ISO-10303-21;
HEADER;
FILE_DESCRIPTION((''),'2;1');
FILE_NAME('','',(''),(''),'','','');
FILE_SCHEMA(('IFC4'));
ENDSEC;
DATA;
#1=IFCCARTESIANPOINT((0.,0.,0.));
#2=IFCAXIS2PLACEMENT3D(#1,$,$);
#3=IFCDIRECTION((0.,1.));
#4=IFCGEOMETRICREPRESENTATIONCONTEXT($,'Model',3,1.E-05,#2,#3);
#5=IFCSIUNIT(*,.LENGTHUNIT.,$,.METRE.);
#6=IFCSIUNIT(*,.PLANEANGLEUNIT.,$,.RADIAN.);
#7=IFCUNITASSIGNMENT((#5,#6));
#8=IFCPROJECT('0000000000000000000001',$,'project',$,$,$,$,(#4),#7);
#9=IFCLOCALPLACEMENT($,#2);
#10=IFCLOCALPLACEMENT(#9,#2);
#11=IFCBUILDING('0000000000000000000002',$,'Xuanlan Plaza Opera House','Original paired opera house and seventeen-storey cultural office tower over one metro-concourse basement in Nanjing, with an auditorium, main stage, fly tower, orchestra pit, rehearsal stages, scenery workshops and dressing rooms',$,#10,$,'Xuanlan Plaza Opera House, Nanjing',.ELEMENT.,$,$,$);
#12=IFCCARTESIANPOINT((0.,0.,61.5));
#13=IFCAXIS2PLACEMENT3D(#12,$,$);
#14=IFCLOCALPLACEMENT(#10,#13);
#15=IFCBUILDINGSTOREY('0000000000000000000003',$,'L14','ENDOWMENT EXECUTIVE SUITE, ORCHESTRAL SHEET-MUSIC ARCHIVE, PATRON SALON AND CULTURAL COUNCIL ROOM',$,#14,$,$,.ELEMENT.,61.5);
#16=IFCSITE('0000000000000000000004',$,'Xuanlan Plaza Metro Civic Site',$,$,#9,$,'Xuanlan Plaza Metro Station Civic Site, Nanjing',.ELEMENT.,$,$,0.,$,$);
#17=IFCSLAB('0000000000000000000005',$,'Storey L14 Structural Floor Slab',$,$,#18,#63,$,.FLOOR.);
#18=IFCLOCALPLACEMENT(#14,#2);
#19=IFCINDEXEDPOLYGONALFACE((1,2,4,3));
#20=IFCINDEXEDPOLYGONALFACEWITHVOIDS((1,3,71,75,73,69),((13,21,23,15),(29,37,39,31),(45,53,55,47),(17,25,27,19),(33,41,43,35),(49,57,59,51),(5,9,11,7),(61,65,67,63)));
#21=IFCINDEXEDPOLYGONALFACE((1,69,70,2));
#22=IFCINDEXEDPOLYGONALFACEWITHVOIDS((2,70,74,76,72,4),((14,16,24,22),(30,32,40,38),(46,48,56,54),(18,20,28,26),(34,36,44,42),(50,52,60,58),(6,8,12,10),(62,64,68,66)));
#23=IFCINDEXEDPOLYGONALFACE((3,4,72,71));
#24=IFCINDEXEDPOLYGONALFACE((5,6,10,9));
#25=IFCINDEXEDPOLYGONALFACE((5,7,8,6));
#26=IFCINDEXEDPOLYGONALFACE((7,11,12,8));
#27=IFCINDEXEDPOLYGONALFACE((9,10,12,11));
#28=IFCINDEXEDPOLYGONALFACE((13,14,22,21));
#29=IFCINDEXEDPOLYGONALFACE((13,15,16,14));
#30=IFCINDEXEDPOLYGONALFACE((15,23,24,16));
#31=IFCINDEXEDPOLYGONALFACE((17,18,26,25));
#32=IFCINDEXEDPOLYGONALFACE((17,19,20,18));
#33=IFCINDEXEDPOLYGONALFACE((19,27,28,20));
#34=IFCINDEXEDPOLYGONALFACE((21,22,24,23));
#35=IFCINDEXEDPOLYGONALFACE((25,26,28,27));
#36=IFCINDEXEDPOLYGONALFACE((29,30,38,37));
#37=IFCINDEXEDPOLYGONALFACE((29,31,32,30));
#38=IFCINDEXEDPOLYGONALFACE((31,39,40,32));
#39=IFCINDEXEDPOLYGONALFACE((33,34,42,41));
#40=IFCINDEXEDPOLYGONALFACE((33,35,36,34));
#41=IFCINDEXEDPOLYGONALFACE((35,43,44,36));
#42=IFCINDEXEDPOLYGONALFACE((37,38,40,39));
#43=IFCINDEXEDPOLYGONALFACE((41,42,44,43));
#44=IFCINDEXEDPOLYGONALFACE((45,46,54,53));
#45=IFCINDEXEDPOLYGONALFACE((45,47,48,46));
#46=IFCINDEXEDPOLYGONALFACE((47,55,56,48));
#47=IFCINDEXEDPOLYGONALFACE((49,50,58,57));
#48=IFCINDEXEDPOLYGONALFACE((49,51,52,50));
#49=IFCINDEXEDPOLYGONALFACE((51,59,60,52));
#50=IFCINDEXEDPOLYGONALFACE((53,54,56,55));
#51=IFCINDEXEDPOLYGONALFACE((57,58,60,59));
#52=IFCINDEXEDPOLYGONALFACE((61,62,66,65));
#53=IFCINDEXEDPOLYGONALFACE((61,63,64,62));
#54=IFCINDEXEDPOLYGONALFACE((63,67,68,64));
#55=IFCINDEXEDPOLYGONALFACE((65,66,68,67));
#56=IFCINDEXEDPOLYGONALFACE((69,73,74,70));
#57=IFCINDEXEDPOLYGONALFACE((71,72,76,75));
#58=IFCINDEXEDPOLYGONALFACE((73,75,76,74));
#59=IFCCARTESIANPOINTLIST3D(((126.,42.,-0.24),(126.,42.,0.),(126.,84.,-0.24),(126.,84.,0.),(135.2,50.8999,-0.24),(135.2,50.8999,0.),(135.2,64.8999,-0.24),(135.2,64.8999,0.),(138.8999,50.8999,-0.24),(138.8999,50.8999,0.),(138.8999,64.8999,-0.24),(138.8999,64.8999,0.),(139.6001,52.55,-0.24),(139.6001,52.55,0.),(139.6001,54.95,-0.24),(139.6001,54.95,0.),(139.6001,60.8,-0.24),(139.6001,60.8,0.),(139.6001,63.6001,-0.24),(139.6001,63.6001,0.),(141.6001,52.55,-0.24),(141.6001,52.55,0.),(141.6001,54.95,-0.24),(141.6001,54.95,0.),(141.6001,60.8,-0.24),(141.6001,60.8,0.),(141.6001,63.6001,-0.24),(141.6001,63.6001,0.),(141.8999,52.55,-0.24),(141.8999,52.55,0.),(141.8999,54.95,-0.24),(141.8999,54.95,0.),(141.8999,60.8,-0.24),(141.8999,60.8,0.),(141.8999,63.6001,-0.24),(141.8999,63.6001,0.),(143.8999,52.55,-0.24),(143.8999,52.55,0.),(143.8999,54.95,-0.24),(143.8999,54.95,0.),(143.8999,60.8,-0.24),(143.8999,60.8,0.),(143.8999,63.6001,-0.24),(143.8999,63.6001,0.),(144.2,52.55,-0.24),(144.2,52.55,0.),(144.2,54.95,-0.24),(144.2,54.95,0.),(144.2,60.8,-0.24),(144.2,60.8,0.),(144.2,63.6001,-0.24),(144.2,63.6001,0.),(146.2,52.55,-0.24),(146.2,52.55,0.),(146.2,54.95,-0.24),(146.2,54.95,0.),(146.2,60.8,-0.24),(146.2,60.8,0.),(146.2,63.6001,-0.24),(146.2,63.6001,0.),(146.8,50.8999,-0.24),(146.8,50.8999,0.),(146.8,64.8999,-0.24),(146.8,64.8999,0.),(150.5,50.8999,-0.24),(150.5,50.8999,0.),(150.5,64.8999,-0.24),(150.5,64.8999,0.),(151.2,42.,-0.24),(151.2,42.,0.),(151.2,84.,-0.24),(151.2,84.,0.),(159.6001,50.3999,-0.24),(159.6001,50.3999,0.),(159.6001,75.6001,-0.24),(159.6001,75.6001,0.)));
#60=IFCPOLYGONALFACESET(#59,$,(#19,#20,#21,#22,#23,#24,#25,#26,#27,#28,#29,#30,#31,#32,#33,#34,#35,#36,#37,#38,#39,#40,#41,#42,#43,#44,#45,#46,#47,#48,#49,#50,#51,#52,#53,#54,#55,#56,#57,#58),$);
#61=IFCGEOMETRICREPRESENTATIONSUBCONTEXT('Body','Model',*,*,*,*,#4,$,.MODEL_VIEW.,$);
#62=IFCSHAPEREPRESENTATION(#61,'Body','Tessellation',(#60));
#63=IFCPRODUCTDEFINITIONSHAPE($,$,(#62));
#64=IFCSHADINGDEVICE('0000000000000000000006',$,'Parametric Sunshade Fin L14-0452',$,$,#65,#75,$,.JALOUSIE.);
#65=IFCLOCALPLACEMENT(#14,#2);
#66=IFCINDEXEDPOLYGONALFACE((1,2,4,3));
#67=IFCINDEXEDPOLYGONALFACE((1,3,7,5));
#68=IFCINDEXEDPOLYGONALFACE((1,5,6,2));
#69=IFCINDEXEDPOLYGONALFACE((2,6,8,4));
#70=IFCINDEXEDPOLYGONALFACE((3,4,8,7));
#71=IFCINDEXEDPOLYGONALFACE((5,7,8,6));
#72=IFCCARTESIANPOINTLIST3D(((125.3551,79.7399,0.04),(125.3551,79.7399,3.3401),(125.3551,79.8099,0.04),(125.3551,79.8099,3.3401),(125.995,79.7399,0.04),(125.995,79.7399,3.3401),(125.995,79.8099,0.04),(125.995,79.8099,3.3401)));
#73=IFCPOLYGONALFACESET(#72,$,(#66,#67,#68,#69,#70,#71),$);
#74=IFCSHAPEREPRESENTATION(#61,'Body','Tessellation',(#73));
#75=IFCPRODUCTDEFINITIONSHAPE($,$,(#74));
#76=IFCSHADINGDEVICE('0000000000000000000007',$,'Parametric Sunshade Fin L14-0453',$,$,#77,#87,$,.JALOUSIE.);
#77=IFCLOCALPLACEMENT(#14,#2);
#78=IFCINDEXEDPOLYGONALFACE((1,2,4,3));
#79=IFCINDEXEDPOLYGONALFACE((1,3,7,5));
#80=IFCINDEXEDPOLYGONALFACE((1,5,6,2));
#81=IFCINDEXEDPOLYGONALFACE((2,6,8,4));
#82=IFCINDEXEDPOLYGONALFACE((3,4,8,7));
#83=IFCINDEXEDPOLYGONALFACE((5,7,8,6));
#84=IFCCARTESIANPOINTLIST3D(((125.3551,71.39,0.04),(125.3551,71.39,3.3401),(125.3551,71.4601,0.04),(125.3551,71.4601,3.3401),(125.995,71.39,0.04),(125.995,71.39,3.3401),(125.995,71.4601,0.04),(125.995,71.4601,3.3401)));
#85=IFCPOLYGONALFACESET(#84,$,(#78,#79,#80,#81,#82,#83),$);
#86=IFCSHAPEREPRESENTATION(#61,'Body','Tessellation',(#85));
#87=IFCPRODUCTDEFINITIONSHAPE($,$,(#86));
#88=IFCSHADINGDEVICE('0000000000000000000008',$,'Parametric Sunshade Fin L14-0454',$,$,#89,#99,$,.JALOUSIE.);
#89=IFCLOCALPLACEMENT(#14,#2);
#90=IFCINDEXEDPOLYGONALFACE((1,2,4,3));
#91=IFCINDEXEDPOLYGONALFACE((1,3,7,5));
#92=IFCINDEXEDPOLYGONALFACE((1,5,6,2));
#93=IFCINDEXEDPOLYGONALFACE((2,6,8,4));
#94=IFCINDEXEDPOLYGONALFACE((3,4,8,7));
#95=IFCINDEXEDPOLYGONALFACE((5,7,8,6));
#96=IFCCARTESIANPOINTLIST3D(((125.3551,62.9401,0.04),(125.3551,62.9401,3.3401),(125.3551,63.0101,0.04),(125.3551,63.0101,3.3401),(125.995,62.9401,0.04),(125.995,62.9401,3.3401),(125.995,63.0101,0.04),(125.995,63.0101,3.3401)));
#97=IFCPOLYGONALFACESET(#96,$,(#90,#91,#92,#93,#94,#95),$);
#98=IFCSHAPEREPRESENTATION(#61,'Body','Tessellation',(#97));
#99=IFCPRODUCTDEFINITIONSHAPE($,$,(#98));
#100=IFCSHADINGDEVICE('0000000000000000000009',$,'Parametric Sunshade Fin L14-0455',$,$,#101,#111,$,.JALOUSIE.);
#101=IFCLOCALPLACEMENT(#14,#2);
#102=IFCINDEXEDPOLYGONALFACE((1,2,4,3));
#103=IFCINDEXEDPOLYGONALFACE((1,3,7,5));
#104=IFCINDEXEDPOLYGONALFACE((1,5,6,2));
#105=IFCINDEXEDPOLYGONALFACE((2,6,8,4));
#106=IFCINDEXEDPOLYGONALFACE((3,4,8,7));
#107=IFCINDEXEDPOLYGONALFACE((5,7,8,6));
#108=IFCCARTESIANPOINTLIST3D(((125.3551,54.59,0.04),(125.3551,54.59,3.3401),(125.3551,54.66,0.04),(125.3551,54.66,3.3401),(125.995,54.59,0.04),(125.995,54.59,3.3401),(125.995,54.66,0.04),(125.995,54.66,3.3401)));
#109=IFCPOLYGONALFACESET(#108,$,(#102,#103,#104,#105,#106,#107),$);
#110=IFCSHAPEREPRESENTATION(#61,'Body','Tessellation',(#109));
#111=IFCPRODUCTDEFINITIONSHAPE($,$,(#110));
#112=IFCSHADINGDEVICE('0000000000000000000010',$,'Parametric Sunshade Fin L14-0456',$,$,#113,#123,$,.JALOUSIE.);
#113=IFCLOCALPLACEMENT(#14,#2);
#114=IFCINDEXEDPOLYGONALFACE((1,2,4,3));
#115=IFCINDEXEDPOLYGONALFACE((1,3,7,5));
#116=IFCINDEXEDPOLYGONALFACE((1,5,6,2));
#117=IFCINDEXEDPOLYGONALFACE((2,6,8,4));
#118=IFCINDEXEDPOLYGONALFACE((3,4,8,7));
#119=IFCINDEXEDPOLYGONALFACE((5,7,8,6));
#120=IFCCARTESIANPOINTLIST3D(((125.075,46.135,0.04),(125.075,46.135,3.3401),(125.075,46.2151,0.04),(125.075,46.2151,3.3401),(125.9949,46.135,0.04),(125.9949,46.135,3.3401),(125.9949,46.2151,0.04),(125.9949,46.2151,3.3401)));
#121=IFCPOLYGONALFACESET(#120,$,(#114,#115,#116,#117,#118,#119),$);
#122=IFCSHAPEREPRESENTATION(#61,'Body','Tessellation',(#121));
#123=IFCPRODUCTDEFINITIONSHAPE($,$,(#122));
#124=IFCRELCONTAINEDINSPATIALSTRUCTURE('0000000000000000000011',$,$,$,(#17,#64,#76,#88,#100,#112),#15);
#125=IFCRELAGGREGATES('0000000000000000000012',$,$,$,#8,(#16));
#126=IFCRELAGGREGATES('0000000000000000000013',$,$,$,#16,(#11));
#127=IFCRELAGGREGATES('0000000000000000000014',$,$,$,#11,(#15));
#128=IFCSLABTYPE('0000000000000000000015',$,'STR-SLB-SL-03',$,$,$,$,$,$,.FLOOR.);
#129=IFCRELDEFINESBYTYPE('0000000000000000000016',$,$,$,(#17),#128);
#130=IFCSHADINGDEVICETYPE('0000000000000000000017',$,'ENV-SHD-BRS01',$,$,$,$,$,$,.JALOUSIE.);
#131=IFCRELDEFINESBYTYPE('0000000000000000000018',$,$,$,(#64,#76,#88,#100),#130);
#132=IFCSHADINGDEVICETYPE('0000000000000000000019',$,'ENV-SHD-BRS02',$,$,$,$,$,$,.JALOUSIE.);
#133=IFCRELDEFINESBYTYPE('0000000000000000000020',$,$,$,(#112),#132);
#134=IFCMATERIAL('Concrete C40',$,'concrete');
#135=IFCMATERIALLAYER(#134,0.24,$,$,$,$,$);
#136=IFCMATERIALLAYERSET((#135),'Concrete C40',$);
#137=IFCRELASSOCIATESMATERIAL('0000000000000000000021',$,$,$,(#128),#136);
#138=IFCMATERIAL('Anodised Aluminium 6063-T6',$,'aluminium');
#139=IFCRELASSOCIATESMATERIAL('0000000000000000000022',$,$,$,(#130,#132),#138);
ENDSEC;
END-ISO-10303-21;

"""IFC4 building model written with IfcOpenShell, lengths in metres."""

from ifc_helpers import new_model, si_unit, direction, frame, origin, origin_2d, place, context, subcontext, project, spatial, polyline, rectangle, outline, extrude, material, layer, layer_set, type_object, element, save


model = new_model("IFC4")

# Units and contexts
model_context = context("Model", 3, precision=1e-05, world=origin(), true_north=direction((0.0, 1.0)))
body_context = subcontext(model_context, "Body", "Model", "MODEL_VIEW")
ifc_project = project(units=[si_unit("LENGTHUNIT", "METRE"), si_unit("PLANEANGLEUNIT", "RADIAN")], contexts=[model_context])

# Site, building, storey
site_placement = place(None, origin())
site = spatial("IfcSite", under=ifc_project, at=site_placement, Name="Xuanlan Plaza Metro Civic Site", LongName="Xuanlan Plaza Metro Station Civic Site, Nanjing", CompositionType="ELEMENT", RefElevation=0.0)
building_placement = place(site_placement, origin())
building = spatial("IfcBuilding", under=site, at=building_placement, Name="Xuanlan Plaza Opera House", Description="Original paired opera house and seventeen-storey cultural office tower over one metro-concourse basement in Nanjing, with an auditorium, main stage, fly tower, orchestra pit, rehearsal stages, scenery workshops and dressing rooms", LongName="Xuanlan Plaza Opera House, Nanjing", CompositionType="ELEMENT")
storey_placement = place(building_placement, frame((0.0, 0.0, 61.5)))
storey = spatial("IfcBuildingStorey", under=building, at=storey_placement, Name="L14", Description="ENDOWMENT EXECUTIVE SUITE, ORCHESTRAL SHEET-MUSIC ARCHIVE, PATRON SALON AND CULTURAL COUNCIL ROOM", CompositionType="ELEMENT", Elevation=61.5)

# Shared definitions
ifc_material_1 = material(Name="Anodised Aluminium 6063-T6", Category="aluminium")

# Shared definitions
ifc_material_2 = material(Name="Concrete C40", Category="concrete")

# Slab
ifc_layer_1 = layer(ifc_material_2, 0.24)
ifc_layer_set_1 = layer_set([ifc_layer_1], Name="Concrete C40")
slab_type_1 = type_object("IfcSlabType", Name="STR-SLB-SL-03", PredefinedType="FLOOR", material=ifc_layer_set_1)
slab_1_placement = place(storey_placement, frame((0.0, 0.0, -0.24)))
element("IfcSlab", 1, at=slab_1_placement, inside=storey, type_object=slab_type_1, Name="Storey L14 Structural Floor Slab", PredefinedType="FLOOR", context=body_context, shape_type="SweptSolid", body=[
    extrude(outline(polyline([(126.0, 42.0), (151.2, 42.0), (159.6001, 50.3999), (159.6001, 75.6001), (151.2, 84.0), (126.0, 84.0), (126.0, 42.0)]), holes=[polyline([(135.2, 50.8999), (138.8999, 50.8999), (138.8999, 64.8999), (135.2, 64.8999), (135.2, 50.8999)]), polyline([(146.8, 50.8999), (150.5, 50.8999), (150.5, 64.8999), (146.8, 64.8999), (146.8, 50.8999)]), polyline([(139.6001, 60.8), (141.6001, 60.8), (141.6001, 63.6001), (139.6001, 63.6001), (139.6001, 60.8)]), polyline([(141.8999, 60.8), (143.8999, 60.8), (143.8999, 63.6001), (141.8999, 63.6001), (141.8999, 60.8)]), polyline([(144.2, 60.8), (146.2, 60.8), (146.2, 63.6001), (144.2, 63.6001), (144.2, 60.8)]), polyline([(139.6001, 52.55), (141.6001, 52.55), (141.6001, 54.95), (139.6001, 54.95), (139.6001, 52.55)]), polyline([(141.8999, 52.55), (143.8999, 52.55), (143.8999, 54.95), (141.8999, 54.95), (141.8999, 52.55)]), polyline([(144.2, 52.55), (146.2, 52.55), (146.2, 54.95), (144.2, 54.95), (144.2, 52.55)])]), origin(), (0.0, 0.0, 1.0), 0.24),
])

# Shading devices
shading_device_type_1 = type_object("IfcShadingDeviceType", Name="ENV-SHD-BRS01", PredefinedType="JALOUSIE", material=ifc_material_1)
for number, where, z_axis, x_axis, name in (
    (2, (125.675, 79.7749, 0.04), (0.0, 0.0, 1.0), (-1.0, 0.0, 0.0), "Parametric Sunshade Fin L14-0452"),
    (3, (125.675, 71.425, 0.04), (0.0, 0.0, 1.0), (-1.0, 0.0, 0.0), "Parametric Sunshade Fin L14-0453"),
    (4, (125.675, 62.9751, 0.04), (0.0, 0.0, 1.0), (-1.0, 0.0, 0.0), "Parametric Sunshade Fin L14-0454"),
    (5, (125.675, 54.625, 0.04), (0.0, 0.0, 1.0), (-1.0, 0.0, 0.0), "Parametric Sunshade Fin L14-0455"),
):
    element("IfcShadingDevice", number, at=place(storey_placement, frame(where, z_axis=z_axis, x_axis=x_axis)), inside=storey, type_object=shading_device_type_1, Name=name, PredefinedType="JALOUSIE", context=body_context, shape_type="SweptSolid", body=[
        extrude(rectangle(XDim=0.6399, YDim=0.0701, at=origin_2d()), origin(), (0.0, 0.0, 1.0), 3.3),
    ])
shading_device_type_2 = type_object("IfcShadingDeviceType", Name="ENV-SHD-BRS02", PredefinedType="JALOUSIE", material=ifc_material_1)
shading_device_placement = place(storey_placement, frame((125.5349, 46.175, 0.04), z_axis=(0.0, 0.0, 1.0), x_axis=(-1.0, 0.0, 0.0)))
element("IfcShadingDevice", 6, at=shading_device_placement, inside=storey, type_object=shading_device_type_2, Name="Parametric Sunshade Fin L14-0456", PredefinedType="JALOUSIE", context=body_context, shape_type="SweptSolid", body=[
    extrude(rectangle(XDim=0.9199, YDim=0.0801, at=origin_2d()), origin(), (0.0, 0.0, 1.0), 3.3),
])

save(model, "model.ifc")
